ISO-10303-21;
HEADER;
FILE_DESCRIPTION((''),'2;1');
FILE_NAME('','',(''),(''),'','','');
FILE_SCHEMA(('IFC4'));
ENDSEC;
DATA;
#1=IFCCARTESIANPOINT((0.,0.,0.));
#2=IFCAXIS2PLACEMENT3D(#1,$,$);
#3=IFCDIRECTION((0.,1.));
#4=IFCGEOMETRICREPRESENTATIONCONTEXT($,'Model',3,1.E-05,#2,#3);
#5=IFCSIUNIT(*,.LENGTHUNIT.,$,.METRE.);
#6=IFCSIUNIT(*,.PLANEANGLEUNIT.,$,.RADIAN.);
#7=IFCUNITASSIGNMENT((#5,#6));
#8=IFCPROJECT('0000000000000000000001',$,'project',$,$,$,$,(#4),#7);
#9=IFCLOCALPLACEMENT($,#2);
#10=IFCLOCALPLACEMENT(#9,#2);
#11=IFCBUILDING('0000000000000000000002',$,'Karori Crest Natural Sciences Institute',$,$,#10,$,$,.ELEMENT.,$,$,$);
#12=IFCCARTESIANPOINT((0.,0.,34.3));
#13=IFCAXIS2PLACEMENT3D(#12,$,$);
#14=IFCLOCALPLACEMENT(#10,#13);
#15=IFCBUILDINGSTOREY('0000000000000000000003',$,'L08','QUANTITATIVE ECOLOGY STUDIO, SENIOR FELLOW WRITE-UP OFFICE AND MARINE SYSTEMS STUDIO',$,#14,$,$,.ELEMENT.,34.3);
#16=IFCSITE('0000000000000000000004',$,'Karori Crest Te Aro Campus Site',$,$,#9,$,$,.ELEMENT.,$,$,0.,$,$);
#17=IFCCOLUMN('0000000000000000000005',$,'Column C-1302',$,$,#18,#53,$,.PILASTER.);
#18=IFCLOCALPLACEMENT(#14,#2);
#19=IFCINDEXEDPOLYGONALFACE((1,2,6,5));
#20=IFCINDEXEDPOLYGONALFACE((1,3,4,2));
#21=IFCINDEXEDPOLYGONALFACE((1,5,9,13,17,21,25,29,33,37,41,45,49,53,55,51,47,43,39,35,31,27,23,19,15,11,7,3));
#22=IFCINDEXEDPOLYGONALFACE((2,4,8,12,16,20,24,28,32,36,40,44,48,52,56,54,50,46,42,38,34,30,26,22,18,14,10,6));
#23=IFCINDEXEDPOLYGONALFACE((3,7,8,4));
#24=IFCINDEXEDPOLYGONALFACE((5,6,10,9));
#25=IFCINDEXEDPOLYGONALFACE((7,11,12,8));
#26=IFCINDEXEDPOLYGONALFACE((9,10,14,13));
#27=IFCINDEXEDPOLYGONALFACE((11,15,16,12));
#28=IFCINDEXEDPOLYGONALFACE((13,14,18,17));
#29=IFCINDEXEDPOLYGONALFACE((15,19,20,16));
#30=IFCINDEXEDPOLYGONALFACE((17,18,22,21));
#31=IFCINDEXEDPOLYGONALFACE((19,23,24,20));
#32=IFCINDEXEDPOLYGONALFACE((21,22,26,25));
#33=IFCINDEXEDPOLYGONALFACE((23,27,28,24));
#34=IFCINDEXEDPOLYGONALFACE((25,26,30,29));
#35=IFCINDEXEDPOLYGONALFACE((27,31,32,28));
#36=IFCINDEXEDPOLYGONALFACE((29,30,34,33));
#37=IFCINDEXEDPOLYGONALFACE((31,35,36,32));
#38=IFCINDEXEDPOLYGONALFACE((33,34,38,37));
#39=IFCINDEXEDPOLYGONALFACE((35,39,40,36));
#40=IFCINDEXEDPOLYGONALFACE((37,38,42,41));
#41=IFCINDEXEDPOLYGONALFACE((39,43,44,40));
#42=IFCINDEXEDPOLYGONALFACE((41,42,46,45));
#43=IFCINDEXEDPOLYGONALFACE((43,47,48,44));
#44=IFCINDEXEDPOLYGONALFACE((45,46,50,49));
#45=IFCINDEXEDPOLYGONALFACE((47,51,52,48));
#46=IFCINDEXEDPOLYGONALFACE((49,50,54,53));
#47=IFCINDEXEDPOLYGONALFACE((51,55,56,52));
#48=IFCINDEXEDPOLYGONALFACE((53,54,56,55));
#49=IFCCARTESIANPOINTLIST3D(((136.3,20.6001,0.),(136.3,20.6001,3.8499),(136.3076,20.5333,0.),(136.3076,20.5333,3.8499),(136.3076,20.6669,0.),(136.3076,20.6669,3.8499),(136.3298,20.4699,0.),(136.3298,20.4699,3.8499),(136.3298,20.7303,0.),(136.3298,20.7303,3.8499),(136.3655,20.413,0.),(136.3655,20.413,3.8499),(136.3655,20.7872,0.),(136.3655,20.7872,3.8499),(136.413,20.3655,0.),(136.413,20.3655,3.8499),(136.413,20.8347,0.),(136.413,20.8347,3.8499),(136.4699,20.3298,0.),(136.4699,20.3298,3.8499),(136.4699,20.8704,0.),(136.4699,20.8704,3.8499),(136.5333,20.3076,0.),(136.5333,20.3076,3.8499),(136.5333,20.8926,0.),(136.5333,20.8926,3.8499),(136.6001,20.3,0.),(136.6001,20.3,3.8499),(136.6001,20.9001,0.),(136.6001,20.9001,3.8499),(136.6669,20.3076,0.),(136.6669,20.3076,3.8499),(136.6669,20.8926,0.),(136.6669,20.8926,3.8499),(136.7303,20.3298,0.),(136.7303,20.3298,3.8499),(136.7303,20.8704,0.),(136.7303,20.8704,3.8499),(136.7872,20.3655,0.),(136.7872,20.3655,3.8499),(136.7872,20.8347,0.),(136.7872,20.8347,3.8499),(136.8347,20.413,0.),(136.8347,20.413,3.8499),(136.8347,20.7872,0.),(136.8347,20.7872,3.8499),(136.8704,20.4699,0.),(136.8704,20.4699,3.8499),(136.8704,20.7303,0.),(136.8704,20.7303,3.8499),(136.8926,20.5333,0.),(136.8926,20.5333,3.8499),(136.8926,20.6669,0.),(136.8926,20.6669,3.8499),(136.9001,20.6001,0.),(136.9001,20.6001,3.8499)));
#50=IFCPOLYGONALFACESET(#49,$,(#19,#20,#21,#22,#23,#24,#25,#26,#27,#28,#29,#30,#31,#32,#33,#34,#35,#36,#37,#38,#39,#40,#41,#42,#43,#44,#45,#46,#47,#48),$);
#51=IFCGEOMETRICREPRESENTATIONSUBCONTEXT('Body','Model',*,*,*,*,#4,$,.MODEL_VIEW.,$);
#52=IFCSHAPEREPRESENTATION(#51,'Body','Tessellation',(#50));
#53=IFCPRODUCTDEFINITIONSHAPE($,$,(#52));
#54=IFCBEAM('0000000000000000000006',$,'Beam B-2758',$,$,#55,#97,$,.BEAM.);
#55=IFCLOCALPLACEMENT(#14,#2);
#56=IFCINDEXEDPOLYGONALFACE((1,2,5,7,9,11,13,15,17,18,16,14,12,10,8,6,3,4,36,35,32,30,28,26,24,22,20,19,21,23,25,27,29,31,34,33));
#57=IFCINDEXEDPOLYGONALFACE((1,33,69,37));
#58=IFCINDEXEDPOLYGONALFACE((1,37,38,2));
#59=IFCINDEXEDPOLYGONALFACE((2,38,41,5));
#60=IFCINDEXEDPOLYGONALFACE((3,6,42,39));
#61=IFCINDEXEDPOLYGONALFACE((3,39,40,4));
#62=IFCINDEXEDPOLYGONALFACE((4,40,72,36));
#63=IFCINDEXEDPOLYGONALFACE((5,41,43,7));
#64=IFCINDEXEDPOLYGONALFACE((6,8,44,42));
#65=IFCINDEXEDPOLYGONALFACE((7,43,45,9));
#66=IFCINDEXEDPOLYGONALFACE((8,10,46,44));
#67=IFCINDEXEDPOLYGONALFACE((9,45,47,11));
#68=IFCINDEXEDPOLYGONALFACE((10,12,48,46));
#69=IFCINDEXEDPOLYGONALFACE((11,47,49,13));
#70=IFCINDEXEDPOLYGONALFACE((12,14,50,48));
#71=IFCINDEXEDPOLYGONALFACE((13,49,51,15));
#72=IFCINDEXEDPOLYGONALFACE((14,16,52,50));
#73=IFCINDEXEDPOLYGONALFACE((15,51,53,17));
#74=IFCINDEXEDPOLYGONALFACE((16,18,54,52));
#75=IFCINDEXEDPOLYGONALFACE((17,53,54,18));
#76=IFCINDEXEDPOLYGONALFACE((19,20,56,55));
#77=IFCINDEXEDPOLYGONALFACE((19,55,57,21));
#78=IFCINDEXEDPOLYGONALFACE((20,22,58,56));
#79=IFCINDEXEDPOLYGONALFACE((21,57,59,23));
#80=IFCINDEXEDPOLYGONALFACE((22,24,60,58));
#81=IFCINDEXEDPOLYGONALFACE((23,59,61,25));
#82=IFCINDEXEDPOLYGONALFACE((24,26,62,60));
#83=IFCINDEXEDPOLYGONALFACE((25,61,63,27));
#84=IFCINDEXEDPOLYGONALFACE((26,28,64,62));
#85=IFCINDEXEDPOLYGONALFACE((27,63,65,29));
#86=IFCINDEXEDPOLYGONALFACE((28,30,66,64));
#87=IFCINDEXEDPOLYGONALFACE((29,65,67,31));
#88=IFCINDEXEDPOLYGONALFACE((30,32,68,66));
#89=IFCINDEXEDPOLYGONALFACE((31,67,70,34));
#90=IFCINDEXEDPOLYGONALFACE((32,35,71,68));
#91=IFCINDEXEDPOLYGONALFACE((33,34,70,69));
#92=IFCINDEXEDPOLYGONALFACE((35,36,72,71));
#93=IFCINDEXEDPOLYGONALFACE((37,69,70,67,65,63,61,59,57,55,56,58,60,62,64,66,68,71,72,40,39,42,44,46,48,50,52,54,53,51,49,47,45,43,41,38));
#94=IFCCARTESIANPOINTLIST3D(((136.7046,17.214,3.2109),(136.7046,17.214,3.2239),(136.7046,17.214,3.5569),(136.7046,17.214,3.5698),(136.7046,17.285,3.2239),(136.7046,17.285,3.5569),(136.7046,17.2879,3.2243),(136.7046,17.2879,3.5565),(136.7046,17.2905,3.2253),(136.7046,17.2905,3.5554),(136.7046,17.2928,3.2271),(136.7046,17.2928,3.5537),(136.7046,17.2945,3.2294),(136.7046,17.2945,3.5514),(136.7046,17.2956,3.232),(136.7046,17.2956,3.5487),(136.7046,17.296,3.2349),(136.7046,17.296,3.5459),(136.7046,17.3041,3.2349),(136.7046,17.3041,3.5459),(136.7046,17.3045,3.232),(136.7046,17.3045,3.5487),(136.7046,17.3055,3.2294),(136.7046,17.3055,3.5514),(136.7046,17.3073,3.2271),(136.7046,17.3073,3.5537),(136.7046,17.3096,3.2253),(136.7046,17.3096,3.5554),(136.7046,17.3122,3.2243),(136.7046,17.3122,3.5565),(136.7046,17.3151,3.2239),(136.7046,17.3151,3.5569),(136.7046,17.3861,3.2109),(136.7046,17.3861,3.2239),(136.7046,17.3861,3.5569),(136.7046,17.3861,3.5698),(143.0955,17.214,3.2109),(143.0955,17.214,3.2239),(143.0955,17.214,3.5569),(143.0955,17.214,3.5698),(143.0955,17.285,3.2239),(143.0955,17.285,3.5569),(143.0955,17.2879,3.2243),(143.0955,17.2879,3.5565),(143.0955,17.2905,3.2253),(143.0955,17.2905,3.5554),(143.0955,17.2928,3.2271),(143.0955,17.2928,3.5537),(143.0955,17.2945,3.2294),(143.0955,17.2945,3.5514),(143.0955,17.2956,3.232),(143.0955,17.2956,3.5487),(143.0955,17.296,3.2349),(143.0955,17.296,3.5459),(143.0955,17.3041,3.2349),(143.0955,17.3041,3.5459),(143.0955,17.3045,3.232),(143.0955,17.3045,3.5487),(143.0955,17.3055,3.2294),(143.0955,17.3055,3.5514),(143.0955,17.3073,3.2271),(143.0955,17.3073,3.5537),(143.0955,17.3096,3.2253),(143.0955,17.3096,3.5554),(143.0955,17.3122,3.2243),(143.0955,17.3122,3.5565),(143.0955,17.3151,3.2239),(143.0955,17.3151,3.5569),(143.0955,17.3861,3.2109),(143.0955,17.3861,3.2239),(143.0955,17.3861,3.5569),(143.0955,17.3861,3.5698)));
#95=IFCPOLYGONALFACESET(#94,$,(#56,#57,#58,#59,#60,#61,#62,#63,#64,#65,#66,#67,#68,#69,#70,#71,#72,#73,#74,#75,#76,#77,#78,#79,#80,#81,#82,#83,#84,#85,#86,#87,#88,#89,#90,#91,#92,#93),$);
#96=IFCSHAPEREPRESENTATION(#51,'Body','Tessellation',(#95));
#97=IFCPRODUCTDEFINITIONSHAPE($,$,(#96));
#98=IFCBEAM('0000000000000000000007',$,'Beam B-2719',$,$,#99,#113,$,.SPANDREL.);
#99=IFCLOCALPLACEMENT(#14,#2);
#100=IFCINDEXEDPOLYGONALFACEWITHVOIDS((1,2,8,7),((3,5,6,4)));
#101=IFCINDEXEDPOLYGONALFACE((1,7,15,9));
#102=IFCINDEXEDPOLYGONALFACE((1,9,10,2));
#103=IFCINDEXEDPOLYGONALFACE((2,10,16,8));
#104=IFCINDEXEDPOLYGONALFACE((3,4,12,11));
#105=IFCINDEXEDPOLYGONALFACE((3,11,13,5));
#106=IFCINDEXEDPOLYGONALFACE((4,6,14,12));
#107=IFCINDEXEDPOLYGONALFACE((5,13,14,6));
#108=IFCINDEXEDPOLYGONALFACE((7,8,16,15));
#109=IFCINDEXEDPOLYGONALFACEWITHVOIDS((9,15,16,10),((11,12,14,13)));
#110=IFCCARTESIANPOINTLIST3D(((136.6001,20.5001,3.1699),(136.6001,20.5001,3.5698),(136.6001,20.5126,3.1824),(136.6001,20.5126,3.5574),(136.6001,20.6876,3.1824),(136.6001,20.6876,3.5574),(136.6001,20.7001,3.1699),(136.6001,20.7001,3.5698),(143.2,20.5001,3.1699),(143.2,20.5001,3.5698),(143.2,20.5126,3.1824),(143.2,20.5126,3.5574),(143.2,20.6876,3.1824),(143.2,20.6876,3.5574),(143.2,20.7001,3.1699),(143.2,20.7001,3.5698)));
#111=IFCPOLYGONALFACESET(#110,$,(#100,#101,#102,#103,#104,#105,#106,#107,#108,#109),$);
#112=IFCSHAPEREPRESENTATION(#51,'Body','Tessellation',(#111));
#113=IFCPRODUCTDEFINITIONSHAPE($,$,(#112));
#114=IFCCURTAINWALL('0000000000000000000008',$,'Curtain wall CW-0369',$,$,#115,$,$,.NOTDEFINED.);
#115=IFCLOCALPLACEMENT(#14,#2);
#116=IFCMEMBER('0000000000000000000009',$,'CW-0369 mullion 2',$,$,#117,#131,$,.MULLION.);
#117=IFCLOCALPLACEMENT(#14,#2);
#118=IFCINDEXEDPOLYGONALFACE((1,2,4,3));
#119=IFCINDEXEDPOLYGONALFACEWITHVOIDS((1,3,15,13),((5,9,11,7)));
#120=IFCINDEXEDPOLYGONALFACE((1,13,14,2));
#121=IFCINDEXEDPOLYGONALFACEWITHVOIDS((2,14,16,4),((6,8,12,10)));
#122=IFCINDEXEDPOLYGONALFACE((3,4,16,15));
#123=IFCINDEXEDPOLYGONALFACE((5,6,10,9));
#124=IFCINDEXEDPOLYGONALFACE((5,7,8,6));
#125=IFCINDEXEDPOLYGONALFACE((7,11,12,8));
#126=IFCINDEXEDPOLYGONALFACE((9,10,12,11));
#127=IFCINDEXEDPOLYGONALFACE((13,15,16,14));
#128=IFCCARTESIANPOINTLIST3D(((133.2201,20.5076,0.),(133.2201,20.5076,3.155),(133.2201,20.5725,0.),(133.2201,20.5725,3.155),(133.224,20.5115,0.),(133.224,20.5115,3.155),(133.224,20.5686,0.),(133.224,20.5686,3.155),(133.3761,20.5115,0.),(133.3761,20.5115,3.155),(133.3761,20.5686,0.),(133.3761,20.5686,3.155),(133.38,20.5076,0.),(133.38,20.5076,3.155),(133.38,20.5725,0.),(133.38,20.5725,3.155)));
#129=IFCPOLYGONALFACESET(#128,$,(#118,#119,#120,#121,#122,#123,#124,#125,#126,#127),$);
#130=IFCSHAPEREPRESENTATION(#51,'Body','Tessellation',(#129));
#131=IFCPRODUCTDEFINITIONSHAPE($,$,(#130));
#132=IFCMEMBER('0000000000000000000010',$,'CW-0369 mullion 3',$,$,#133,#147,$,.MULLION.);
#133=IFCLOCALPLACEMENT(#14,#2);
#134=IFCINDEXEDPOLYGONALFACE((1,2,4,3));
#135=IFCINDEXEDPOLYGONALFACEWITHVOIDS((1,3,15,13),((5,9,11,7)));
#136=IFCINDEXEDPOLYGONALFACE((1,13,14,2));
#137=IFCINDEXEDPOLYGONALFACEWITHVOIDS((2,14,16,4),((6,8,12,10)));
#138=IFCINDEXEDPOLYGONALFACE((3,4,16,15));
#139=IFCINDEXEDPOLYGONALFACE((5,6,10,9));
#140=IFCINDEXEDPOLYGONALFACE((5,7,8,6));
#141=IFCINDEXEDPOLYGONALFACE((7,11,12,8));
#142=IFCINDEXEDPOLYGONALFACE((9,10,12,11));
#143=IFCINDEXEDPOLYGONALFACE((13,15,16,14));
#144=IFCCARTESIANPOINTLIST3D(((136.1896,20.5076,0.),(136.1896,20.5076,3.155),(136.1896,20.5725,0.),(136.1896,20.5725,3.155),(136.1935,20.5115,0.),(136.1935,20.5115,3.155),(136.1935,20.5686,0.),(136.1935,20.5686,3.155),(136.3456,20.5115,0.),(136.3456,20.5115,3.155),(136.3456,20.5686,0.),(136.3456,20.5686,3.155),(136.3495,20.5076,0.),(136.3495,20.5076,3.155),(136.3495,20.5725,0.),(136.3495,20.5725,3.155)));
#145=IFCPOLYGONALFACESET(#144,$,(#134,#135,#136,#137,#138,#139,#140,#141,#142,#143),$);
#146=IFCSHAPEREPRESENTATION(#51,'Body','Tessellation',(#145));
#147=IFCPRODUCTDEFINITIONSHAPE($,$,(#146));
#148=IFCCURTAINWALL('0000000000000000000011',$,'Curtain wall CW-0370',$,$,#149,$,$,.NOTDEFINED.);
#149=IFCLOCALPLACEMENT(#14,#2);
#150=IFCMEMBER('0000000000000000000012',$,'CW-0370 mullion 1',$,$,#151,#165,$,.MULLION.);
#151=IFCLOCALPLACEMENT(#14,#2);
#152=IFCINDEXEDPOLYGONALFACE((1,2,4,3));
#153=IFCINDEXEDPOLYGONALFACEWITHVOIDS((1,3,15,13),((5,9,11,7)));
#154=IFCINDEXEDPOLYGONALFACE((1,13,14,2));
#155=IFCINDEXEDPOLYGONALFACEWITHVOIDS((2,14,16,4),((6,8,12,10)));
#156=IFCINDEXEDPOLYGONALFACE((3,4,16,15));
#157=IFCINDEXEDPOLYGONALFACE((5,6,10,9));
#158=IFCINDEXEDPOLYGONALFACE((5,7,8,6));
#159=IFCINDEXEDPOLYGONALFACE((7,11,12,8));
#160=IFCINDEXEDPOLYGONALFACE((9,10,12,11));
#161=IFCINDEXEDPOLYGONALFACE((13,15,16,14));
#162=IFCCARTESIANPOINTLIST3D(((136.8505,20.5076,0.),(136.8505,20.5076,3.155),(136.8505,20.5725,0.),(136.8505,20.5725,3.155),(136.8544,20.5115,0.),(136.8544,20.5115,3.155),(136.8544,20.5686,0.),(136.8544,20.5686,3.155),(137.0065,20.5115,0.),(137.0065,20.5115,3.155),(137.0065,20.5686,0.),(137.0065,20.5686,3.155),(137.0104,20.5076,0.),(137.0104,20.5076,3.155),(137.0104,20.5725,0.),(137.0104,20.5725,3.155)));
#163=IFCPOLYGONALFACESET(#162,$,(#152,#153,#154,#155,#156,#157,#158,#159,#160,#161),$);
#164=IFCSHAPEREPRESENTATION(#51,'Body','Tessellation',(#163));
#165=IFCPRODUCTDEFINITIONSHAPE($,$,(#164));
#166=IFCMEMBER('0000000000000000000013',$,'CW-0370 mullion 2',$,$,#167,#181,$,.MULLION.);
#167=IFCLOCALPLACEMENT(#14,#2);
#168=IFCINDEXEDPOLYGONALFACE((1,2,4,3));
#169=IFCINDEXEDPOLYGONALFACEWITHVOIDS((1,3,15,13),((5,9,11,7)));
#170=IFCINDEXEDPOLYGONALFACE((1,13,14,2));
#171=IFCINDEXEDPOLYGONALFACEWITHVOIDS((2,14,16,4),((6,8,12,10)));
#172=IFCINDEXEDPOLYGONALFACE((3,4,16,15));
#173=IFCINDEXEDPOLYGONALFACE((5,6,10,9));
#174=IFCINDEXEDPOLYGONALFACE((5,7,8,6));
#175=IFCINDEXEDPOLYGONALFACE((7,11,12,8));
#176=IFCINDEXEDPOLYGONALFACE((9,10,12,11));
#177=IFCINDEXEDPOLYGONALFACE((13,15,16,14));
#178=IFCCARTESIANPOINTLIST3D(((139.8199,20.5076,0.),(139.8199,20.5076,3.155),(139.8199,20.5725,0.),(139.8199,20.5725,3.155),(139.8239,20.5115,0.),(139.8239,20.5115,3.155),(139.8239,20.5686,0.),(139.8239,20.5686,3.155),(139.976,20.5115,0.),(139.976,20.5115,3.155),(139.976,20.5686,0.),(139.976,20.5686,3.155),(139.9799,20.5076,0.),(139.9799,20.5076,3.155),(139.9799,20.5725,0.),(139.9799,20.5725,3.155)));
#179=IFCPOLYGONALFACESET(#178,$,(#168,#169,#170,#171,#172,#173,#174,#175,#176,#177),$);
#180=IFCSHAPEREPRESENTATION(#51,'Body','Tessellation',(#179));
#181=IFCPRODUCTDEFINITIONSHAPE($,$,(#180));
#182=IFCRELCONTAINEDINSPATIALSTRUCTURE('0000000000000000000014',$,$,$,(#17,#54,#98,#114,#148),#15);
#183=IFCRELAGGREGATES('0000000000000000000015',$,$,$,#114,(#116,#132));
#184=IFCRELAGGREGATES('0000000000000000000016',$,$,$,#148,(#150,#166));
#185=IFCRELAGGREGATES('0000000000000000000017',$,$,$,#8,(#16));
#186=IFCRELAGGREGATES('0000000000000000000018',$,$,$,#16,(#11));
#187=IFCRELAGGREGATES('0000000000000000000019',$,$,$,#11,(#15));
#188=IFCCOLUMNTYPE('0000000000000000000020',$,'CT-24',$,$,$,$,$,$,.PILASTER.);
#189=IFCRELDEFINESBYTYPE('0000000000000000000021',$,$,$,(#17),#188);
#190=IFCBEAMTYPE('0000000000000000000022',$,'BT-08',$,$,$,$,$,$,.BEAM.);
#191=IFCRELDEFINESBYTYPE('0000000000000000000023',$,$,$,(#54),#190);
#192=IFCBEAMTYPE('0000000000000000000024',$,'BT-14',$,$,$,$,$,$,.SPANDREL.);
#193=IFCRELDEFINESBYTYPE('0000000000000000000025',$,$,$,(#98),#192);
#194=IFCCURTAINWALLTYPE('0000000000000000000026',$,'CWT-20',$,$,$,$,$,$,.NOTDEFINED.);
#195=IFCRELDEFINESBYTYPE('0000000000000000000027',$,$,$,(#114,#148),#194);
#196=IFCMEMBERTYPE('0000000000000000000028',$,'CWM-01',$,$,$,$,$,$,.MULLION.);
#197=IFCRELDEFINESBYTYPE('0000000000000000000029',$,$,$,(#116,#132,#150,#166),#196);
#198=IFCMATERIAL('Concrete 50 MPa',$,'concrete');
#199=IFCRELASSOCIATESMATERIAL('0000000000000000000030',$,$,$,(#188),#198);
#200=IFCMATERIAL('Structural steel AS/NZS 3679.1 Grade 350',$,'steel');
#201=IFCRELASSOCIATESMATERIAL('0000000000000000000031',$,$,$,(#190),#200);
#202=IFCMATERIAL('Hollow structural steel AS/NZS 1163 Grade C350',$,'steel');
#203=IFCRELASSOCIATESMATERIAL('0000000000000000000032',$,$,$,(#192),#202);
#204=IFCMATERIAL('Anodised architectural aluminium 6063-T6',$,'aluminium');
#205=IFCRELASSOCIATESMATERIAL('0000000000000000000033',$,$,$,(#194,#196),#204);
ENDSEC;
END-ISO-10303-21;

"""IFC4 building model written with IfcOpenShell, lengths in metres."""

from ifc_helpers import new_model, si_unit, direction, frame, origin, origin_2d, place, context, subcontext, project, spatial, hollow_rectangle, circle, i_section, extrude, material, material_profile, profile_set, type_object, element, aggregate, save


model = new_model("IFC4")

# Units and contexts
model_context = context("Model", 3, precision=1e-05, world=origin(), true_north=direction((0.0, 1.0)))
body_context = subcontext(model_context, "Body", "Model", "MODEL_VIEW")
ifc_project = project(units=[si_unit("LENGTHUNIT", "METRE"), si_unit("PLANEANGLEUNIT", "RADIAN")], contexts=[model_context])

# Site, building, storey
site_placement = place(None, origin())
site = spatial("IfcSite", under=ifc_project, at=site_placement, Name="Karori Crest Te Aro Campus Site", CompositionType="ELEMENT", RefElevation=0.0)
building_placement = place(site_placement, origin())
building = spatial("IfcBuilding", under=site, at=building_placement, Name="Karori Crest Natural Sciences Institute", CompositionType="ELEMENT")
storey_placement = place(building_placement, frame((0.0, 0.0, 34.3)))
storey = spatial("IfcBuildingStorey", under=building, at=storey_placement, Name="L08", Description="QUANTITATIVE ECOLOGY STUDIO, SENIOR FELLOW WRITE-UP OFFICE AND MARINE SYSTEMS STUDIO", CompositionType="ELEMENT", Elevation=34.3)

# Column
ifc_material_1 = material(Name="Concrete 50 MPa", Category="concrete")
ifc_material_profile_1 = material_profile(ifc_material_1, circle(Radius=0.3, at=origin_2d()), Name="RCC600")
ifc_profile_set_1 = profile_set([ifc_material_profile_1], Name="Concrete 50 MPa")
column_type = type_object("IfcColumnType", Name="CT-24", PredefinedType="PILASTER", material=ifc_profile_set_1)
column_placement = place(storey_placement, frame((136.6001, 20.6001, 0.0), z_axis=(0.0, 0.0, 1.0), x_axis=(1.0, 0.0, 0.0)))
element("IfcColumn", 1, at=column_placement, inside=storey, type_object=column_type, Name="Column C-1302", PredefinedType="PILASTER", context=body_context, shape_type="SweptSolid", body=[
    extrude(circle(Radius=0.3, at=origin_2d()), origin(), (0.0, 0.0, 1.0), 3.8499),
])

# Beams
ifc_material_2 = material(Name="Structural steel AS/NZS 3679.1 Grade 350", Category="steel")
ifc_material_profile_2 = material_profile(ifc_material_2, i_section(OverallWidth=0.1721, OverallDepth=0.3589, WebThickness=0.0081, FlangeThickness=0.0129, FilletRadius=0.011, at=origin_2d()), Name="360UB56.7")
ifc_profile_set_2 = profile_set([ifc_material_profile_2], Name="Structural steel AS/NZS 3679.1 Grade 350")
beam_type_1 = type_object("IfcBeamType", Name="BT-08", PredefinedType="BEAM", material=ifc_profile_set_2)
beam_1_placement = place(storey_placement, frame((136.7046, 17.3, 3.3904), z_axis=(1.0, 0.0, 0.0), x_axis=(0.0, 1.0, 0.0)))
element("IfcBeam", 2, at=beam_1_placement, inside=storey, type_object=beam_type_1, Name="Beam B-2758", PredefinedType="BEAM", context=body_context, shape_type="SweptSolid", body=[
    extrude(i_section(OverallWidth=0.1721, OverallDepth=0.3589, WebThickness=0.0081, FlangeThickness=0.0129, FilletRadius=0.011, at=origin_2d()), origin(), (0.0, 0.0, 1.0), 6.3909),
])
ifc_material_3 = material(Name="Hollow structural steel AS/NZS 1163 Grade C350", Category="steel")
ifc_material_profile_3 = material_profile(ifc_material_3, hollow_rectangle(XDim=0.2, YDim=0.3999, WallThickness=0.0125, at=origin_2d()), Name="RHS400x200x12.5")
ifc_profile_set_3 = profile_set([ifc_material_profile_3], Name="Hollow structural steel AS/NZS 1163 Grade C350")
beam_type_2 = type_object("IfcBeamType", Name="BT-14", PredefinedType="SPANDREL", material=ifc_profile_set_3)
beam_2_placement = place(storey_placement, frame((136.6001, 20.6001, 3.3699), z_axis=(1.0, 0.0, 0.0), x_axis=(0.0, 1.0, 0.0)))
element("IfcBeam", 3, at=beam_2_placement, inside=storey, type_object=beam_type_2, Name="Beam B-2719", PredefinedType="SPANDREL", context=body_context, shape_type="SweptSolid", body=[
    extrude(hollow_rectangle(XDim=0.2, YDim=0.3999, WallThickness=0.0125, at=origin_2d()), origin(), (0.0, 0.0, 1.0), 6.5999),
])

# Curtain walls, members
ifc_material_4 = material(Name="Anodised architectural aluminium 6063-T6", Category="aluminium")
curtain_wall_type = type_object("IfcCurtainWallType", Name="CWT-20", PredefinedType="NOTDEFINED", material=ifc_material_4)
curtain_wall_1_placement = place(storey_placement, origin())
curtain_wall_1 = element("IfcCurtainWall", 4, at=curtain_wall_1_placement, inside=storey, type_object=curtain_wall_type, Name="Curtain wall CW-0369", PredefinedType="NOTDEFINED")
ifc_material_profile_4 = material_profile(ifc_material_4, hollow_rectangle(XDim=0.0649, YDim=0.1599, WallThickness=0.0039, at=origin_2d()), Name="CWM160x65x4")
ifc_profile_set_4 = profile_set([ifc_material_profile_4], Name="Anodised architectural aluminium 6063-T6")
member_type_1 = type_object("IfcMemberType", Name="CWM-01", PredefinedType="MULLION", material=ifc_profile_set_4)
member_1_placement = place(storey_placement, frame((133.3, 20.54, 0.0), z_axis=(0.0, 0.0, 1.0), x_axis=(0.0, 1.0, 0.0)))
member_1 = element("IfcMember", 5, at=member_1_placement, type_object=member_type_1, Name="CW-0369 mullion 2", PredefinedType="MULLION", context=body_context, shape_type="SweptSolid", body=[
    extrude(hollow_rectangle(XDim=0.0649, YDim=0.1599, WallThickness=0.0039, at=origin_2d()), origin(), (0.0, 0.0, 1.0), 3.155),
])
member_2_placement = place(storey_placement, frame((136.2695, 20.54, 0.0), z_axis=(0.0, 0.0, 1.0), x_axis=(0.0, 1.0, 0.0)))
member_2 = element("IfcMember", 6, at=member_2_placement, type_object=member_type_1, Name="CW-0369 mullion 3", PredefinedType="MULLION", context=body_context, shape_type="SweptSolid", body=[
    extrude(hollow_rectangle(XDim=0.0649, YDim=0.1599, WallThickness=0.0039, at=origin_2d()), origin(), (0.0, 0.0, 1.0), 3.155),
])
curtain_wall_2_placement = place(storey_placement, origin())
curtain_wall_2 = element("IfcCurtainWall", 7, at=curtain_wall_2_placement, inside=storey, type_object=curtain_wall_type, Name="Curtain wall CW-0370", PredefinedType="NOTDEFINED")
member_3_placement = place(storey_placement, frame((136.9304, 20.54, 0.0), z_axis=(0.0, 0.0, 1.0), x_axis=(0.0, 1.0, 0.0)))
member_3 = element("IfcMember", 8, at=member_3_placement, type_object=member_type_1, Name="CW-0370 mullion 1", PredefinedType="MULLION", context=body_context, shape_type="SweptSolid", body=[
    extrude(hollow_rectangle(XDim=0.0649, YDim=0.1599, WallThickness=0.0039, at=origin_2d()), origin(), (0.0, 0.0, 1.0), 3.155),
])
member_4_placement = place(storey_placement, frame((139.8999, 20.54, 0.0), z_axis=(0.0, 0.0, 1.0), x_axis=(0.0, 1.0, 0.0)))
member_4 = element("IfcMember", 9, at=member_4_placement, type_object=member_type_1, Name="CW-0370 mullion 2", PredefinedType="MULLION", context=body_context, shape_type="SweptSolid", body=[
    extrude(hollow_rectangle(XDim=0.0649, YDim=0.1599, WallThickness=0.0039, at=origin_2d()), origin(), (0.0, 0.0, 1.0), 3.155),
])

aggregate(curtain_wall_1, [member_1, member_2])
aggregate(curtain_wall_2, [member_3, member_4])

save(model, "model.ifc")
